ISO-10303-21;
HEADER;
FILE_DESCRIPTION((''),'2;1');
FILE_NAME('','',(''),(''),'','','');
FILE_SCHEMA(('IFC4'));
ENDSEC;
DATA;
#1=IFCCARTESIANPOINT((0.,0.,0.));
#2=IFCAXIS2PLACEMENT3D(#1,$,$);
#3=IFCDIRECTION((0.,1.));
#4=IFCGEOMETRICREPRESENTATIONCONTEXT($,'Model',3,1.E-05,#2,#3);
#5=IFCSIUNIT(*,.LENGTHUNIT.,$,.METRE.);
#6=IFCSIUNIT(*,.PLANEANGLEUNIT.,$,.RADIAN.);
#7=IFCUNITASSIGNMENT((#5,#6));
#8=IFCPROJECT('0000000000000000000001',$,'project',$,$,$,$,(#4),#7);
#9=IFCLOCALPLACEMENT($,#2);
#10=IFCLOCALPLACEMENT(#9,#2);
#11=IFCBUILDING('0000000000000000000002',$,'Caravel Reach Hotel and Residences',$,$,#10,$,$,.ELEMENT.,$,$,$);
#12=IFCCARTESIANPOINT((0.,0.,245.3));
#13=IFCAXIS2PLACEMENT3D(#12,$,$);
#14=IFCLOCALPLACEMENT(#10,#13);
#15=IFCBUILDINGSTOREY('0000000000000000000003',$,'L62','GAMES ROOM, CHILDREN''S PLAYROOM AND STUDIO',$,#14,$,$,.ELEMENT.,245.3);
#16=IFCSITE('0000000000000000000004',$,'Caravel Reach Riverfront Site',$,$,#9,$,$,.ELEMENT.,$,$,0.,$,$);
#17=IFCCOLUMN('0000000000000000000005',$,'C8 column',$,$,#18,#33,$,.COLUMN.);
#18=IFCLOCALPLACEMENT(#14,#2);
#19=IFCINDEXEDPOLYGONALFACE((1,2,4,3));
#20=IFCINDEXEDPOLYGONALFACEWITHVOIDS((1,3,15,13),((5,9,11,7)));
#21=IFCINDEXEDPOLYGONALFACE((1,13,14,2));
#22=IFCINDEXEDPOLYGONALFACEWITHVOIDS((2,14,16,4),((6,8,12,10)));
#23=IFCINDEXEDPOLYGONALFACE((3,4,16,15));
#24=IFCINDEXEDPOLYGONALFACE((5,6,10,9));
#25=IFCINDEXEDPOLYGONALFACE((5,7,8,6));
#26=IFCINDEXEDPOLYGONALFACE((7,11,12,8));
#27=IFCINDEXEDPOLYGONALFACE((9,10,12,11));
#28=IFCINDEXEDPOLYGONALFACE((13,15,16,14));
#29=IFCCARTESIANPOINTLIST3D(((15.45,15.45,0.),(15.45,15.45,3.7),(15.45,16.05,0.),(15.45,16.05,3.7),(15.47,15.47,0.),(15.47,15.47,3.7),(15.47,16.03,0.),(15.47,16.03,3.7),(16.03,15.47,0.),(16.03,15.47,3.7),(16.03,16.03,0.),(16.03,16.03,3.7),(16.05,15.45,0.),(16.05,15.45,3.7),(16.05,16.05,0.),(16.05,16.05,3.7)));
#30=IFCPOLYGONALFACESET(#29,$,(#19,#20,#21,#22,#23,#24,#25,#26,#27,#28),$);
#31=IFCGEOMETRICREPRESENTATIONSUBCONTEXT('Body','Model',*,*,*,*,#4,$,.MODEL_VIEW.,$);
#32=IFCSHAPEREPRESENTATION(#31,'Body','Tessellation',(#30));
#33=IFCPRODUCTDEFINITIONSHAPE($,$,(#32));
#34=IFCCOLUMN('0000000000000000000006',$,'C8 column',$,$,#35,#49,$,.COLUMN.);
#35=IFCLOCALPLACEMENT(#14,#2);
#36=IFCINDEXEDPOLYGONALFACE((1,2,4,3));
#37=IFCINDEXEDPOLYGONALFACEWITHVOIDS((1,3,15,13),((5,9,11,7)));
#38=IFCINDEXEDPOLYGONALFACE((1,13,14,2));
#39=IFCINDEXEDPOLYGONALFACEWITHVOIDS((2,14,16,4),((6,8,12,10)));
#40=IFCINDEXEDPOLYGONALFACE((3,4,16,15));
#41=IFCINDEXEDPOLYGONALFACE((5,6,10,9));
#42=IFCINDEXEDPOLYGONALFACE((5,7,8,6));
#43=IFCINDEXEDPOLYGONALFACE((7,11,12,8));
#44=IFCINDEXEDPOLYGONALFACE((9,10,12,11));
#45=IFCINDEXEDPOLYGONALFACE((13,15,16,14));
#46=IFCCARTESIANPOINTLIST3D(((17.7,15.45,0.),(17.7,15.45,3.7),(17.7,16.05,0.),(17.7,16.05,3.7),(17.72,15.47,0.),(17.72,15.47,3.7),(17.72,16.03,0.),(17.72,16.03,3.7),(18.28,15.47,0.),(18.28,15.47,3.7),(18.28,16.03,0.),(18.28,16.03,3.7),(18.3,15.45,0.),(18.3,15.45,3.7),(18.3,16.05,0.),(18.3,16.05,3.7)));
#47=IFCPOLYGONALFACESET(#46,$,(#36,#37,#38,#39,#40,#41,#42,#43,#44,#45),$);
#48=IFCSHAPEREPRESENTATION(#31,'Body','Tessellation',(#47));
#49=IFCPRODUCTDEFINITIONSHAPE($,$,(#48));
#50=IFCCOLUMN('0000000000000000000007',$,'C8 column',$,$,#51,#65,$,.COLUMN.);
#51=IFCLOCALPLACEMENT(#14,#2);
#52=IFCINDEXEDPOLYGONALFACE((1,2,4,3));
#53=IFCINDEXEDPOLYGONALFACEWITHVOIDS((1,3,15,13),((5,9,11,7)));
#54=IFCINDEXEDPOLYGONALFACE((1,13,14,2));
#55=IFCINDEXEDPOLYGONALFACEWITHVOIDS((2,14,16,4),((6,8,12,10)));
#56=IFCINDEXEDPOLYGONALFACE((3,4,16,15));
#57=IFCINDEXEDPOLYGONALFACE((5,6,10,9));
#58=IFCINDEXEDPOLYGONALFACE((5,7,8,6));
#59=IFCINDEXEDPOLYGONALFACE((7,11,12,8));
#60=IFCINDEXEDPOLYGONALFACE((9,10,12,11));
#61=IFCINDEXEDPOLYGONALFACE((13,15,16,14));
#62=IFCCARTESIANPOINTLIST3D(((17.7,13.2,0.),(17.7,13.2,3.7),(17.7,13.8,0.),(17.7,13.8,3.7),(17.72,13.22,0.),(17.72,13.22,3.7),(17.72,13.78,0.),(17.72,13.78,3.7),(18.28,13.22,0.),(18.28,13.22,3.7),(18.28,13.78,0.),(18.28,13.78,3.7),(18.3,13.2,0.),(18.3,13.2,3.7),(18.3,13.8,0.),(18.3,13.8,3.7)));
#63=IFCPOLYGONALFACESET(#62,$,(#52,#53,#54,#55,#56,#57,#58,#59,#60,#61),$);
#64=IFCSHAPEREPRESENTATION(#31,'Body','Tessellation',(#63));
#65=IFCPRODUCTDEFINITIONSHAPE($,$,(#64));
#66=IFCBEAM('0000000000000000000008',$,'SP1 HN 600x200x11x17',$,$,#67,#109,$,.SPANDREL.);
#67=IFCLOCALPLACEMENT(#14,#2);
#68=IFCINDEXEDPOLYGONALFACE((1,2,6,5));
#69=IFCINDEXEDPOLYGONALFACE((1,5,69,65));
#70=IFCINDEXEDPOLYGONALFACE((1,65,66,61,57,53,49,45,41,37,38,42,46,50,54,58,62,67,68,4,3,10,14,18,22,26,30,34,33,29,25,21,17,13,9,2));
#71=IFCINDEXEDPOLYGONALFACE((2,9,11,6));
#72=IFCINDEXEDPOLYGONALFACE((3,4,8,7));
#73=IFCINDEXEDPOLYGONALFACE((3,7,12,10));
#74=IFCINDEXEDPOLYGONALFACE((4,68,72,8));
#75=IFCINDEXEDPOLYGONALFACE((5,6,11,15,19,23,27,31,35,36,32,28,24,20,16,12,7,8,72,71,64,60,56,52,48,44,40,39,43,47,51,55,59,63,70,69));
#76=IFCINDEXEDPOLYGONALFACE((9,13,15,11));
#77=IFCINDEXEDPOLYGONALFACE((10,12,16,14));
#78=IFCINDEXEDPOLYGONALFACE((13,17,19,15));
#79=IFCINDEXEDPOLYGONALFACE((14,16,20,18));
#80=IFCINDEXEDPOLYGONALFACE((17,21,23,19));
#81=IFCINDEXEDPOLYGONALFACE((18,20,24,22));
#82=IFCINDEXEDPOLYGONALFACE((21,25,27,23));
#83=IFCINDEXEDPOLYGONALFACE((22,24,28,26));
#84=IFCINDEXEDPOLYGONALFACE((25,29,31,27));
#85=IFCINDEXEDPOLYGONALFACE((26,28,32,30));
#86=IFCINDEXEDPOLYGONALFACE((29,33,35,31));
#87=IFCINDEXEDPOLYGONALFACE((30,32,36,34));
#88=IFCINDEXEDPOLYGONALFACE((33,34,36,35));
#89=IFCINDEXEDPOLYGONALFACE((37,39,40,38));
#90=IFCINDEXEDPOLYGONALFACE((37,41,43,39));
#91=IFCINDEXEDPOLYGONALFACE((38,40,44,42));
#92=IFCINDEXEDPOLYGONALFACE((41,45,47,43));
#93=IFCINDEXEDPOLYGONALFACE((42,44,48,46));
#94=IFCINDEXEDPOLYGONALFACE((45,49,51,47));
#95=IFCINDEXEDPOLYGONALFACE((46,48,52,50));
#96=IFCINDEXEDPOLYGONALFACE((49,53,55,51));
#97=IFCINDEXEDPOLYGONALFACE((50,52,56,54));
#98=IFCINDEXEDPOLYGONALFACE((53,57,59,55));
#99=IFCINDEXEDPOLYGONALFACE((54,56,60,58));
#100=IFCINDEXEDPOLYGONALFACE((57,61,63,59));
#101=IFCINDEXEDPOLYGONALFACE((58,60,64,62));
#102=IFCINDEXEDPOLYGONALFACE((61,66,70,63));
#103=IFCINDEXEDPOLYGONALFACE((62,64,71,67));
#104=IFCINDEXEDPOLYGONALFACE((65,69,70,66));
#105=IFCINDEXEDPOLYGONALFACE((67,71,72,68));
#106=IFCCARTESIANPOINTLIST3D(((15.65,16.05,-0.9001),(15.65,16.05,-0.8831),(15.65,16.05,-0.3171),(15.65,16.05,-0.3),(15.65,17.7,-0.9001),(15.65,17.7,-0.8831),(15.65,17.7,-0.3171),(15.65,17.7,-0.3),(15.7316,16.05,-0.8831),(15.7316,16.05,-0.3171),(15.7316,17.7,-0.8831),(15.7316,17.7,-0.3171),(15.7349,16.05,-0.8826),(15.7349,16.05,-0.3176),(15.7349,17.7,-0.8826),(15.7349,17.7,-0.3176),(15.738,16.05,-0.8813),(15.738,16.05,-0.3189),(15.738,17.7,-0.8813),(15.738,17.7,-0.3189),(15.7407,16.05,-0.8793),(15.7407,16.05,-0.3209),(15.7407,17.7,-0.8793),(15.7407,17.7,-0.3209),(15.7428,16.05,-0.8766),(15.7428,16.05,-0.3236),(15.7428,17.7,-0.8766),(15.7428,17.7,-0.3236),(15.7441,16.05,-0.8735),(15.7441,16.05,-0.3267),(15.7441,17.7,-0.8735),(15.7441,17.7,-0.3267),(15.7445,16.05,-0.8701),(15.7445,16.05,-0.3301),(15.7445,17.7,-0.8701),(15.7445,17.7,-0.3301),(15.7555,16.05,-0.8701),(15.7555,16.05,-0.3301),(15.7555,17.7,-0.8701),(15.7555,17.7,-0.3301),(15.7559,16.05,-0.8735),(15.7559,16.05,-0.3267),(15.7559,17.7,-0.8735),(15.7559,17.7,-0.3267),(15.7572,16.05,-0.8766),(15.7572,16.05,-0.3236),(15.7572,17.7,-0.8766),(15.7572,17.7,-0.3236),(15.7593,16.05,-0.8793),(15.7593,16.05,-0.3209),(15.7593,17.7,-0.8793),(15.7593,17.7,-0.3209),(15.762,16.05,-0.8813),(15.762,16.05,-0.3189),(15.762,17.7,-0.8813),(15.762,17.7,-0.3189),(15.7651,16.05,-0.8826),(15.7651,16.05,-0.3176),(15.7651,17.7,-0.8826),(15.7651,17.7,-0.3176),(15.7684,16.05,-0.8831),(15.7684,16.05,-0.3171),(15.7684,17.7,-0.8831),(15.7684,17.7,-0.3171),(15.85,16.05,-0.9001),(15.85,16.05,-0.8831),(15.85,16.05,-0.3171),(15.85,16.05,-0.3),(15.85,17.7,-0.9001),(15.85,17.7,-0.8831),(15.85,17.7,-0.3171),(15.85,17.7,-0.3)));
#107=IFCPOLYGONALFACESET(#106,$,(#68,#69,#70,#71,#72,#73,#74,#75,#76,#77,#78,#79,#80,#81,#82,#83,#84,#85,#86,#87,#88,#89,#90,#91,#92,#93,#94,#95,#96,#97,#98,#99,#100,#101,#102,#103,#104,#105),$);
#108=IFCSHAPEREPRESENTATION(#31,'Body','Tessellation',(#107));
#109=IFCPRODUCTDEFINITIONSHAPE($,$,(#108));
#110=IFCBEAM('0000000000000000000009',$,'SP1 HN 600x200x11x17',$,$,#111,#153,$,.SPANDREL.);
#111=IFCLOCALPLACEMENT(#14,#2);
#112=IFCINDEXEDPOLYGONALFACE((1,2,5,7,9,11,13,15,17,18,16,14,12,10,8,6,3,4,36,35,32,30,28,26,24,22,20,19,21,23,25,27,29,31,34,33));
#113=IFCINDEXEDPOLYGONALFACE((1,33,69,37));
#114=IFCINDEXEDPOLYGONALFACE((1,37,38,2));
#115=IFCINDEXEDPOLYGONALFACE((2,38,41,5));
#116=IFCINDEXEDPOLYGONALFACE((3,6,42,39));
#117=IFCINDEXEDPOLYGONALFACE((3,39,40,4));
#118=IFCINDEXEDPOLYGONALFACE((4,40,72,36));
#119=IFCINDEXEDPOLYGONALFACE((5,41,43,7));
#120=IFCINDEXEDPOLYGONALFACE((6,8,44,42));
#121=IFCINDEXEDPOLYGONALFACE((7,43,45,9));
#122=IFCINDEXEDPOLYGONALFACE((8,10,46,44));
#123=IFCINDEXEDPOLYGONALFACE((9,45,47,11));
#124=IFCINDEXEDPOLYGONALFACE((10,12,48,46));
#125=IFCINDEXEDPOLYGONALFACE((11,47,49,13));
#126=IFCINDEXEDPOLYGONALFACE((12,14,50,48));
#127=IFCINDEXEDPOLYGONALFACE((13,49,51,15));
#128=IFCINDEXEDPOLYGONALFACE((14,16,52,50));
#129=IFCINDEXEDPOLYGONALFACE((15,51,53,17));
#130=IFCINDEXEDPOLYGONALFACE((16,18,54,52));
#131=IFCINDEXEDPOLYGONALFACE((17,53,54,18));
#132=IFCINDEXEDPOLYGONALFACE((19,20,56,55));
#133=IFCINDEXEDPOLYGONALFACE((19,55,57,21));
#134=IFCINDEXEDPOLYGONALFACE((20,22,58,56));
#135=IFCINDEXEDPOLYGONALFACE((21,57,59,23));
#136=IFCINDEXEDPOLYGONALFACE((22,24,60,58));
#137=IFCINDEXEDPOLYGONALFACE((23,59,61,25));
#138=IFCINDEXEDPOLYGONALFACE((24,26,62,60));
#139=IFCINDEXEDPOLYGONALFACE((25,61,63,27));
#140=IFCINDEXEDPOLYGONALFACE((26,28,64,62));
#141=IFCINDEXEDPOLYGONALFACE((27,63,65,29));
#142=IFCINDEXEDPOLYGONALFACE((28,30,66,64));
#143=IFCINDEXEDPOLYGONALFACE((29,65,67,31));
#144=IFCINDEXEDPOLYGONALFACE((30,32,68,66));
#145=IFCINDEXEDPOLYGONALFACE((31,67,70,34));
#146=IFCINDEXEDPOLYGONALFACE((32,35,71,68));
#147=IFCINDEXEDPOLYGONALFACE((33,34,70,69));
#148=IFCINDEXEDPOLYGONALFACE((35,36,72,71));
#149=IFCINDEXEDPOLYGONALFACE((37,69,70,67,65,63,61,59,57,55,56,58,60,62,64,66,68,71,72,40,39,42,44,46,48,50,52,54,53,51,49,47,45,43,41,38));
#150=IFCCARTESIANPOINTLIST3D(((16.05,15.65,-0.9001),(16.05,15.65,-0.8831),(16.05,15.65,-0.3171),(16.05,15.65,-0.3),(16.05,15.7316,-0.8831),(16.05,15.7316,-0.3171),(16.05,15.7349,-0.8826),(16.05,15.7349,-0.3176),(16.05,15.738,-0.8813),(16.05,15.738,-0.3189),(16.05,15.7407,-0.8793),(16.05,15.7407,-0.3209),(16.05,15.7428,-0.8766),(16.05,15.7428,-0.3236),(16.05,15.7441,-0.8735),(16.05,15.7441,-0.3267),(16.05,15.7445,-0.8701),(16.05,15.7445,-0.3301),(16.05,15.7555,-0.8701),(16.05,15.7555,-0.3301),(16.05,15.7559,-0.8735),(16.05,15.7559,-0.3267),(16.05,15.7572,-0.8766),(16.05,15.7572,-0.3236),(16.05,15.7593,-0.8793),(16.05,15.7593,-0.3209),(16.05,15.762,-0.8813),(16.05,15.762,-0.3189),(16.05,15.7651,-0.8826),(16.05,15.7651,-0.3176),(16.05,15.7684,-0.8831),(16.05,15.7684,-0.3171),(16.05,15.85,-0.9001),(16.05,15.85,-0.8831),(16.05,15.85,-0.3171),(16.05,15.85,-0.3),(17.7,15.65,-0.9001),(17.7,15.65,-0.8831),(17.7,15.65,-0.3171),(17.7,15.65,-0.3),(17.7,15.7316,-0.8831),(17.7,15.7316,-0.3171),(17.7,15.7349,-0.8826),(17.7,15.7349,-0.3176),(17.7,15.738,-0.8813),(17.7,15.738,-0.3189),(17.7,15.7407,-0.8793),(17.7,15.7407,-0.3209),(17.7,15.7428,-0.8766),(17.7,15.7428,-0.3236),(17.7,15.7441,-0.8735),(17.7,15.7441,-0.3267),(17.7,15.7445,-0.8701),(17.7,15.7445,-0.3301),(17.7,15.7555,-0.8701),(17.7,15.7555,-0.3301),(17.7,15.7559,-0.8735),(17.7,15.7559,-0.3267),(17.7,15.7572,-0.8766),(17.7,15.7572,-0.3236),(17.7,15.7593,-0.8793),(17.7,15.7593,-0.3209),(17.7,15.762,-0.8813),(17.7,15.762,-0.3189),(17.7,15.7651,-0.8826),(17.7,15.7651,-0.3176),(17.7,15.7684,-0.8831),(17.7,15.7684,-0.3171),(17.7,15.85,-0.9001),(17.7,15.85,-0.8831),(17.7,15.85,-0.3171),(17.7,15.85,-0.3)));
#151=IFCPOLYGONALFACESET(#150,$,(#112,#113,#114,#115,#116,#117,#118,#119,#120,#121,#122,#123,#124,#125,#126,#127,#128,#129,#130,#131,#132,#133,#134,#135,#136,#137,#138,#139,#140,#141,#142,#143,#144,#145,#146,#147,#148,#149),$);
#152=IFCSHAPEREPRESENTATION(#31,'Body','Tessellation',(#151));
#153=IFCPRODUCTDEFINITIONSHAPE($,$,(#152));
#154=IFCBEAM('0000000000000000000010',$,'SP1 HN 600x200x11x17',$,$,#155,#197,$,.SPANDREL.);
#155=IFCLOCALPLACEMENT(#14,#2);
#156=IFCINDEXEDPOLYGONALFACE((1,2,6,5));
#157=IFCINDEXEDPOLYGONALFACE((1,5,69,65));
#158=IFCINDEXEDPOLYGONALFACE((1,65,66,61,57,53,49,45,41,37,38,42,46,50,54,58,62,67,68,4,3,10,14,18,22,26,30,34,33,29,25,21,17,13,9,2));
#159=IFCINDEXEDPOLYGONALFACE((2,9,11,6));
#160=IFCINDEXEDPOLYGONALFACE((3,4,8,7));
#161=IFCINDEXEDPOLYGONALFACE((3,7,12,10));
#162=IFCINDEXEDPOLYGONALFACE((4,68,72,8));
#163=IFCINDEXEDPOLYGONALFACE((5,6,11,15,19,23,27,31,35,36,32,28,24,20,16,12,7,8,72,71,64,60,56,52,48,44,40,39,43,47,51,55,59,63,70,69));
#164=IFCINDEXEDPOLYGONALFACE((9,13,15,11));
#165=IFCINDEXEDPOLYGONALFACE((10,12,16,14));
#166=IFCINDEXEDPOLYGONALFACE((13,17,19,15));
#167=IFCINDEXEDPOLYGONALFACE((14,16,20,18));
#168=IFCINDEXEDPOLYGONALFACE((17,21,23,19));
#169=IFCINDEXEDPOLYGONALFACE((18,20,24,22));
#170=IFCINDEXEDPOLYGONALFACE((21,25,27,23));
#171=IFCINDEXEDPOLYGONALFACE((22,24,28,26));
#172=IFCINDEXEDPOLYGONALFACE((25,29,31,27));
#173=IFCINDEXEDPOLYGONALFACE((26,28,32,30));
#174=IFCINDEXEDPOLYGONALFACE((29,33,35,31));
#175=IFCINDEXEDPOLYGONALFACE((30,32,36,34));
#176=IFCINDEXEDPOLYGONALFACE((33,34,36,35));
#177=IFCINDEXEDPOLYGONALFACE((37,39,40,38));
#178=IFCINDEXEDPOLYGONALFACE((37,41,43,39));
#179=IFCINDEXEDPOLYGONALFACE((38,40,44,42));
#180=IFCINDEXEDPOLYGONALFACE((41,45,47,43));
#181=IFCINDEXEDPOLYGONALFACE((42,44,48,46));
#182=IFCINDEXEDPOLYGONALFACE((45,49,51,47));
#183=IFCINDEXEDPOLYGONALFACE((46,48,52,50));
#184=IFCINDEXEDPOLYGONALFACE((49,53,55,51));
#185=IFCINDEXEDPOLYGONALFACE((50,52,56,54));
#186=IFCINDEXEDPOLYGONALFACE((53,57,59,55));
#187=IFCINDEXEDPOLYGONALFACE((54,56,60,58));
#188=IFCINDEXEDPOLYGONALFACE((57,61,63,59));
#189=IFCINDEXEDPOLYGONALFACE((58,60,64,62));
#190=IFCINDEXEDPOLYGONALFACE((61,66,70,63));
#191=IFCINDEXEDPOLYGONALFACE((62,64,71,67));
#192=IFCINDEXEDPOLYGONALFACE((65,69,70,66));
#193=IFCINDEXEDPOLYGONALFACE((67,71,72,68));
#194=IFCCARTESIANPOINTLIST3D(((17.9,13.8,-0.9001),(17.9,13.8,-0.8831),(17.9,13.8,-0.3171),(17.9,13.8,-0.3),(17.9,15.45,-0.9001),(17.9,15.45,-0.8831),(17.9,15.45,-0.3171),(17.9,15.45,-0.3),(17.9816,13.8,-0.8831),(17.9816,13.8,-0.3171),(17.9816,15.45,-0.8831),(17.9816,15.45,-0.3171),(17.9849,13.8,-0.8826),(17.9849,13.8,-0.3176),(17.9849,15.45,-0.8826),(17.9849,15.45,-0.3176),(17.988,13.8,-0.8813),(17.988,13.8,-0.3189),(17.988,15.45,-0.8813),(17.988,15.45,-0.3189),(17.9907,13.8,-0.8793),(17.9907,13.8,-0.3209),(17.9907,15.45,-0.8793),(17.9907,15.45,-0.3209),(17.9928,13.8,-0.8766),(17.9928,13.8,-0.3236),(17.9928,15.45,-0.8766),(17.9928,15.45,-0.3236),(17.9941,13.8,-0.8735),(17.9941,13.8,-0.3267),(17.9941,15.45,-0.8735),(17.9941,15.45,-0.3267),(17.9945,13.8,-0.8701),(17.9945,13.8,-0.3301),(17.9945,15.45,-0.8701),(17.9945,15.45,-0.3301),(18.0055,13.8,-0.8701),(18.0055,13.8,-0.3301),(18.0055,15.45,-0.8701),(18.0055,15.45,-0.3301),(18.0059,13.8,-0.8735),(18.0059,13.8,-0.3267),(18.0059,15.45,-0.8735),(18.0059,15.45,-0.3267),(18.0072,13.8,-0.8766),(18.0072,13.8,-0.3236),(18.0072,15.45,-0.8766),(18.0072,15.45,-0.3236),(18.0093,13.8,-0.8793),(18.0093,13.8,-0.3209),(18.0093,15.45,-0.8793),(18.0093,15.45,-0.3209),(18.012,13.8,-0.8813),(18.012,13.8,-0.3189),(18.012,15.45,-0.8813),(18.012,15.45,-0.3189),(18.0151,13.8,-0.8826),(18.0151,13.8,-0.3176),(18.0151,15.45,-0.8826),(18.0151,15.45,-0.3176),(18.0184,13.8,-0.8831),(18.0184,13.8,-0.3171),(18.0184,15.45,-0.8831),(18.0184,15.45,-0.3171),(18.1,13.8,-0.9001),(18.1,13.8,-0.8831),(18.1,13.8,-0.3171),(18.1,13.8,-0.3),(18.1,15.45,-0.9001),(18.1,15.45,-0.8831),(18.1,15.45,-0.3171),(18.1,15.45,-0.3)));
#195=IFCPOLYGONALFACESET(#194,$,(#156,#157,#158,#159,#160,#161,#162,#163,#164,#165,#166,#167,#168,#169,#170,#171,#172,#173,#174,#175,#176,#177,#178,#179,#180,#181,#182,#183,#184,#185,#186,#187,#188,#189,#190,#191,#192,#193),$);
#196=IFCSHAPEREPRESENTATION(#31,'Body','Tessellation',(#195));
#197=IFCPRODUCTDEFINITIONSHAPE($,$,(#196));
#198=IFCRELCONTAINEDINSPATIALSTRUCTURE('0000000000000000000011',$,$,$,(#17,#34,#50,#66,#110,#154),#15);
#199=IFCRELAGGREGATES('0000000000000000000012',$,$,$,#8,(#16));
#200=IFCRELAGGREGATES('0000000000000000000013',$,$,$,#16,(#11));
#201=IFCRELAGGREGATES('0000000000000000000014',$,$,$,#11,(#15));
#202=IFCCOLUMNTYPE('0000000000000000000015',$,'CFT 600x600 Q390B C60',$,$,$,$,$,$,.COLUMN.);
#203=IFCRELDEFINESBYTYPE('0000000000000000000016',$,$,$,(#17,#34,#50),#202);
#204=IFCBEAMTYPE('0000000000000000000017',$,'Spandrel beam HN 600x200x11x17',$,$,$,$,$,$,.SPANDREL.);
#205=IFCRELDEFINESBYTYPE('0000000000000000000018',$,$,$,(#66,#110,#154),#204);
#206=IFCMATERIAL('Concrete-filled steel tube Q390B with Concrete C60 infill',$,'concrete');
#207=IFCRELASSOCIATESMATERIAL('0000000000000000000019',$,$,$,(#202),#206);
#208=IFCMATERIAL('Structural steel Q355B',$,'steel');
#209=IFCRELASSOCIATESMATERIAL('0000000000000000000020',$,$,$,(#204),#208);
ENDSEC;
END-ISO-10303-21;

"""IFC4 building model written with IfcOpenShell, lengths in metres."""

from ifc_helpers import new_model, si_unit, direction, frame, origin, origin_2d, place, context, subcontext, project, spatial, hollow_rectangle, i_section, extrude, material, material_profile, profile_set, type_object, element, save


model = new_model("IFC4")

# Units and contexts
model_context = context("Model", 3, precision=1e-05, world=origin(), true_north=direction((0.0, 1.0)))
body_context = subcontext(model_context, "Body", "Model", "MODEL_VIEW")
ifc_project = project(units=[si_unit("LENGTHUNIT", "METRE"), si_unit("PLANEANGLEUNIT", "RADIAN")], contexts=[model_context])

# Site, building, storey
site_placement = place(None, origin())
site = spatial("IfcSite", under=ifc_project, at=site_placement, Name="Caravel Reach Riverfront Site", CompositionType="ELEMENT", RefElevation=0.0)
building_placement = place(site_placement, origin())
building = spatial("IfcBuilding", under=site, at=building_placement, Name="Caravel Reach Hotel and Residences", CompositionType="ELEMENT")
storey_placement = place(building_placement, frame((0.0, 0.0, 245.3)))
storey = spatial("IfcBuildingStorey", under=building, at=storey_placement, Name="L62", Description="GAMES ROOM, CHILDREN'S PLAYROOM AND STUDIO", CompositionType="ELEMENT", Elevation=245.3)

# Columns
ifc_material_1 = material(Name="Concrete-filled steel tube Q390B with Concrete C60 infill", Category="concrete")
ifc_material_profile_1 = material_profile(ifc_material_1, hollow_rectangle(XDim=0.6001, YDim=0.6001, WallThickness=0.02, at=origin_2d()), Name="RHS 600x600x20")
ifc_profile_set_1 = profile_set([ifc_material_profile_1], Name="Concrete-filled steel tube Q390B with Concrete C60 infill")
column_type = type_object("IfcColumnType", Name="CFT 600x600 Q390B C60", PredefinedType="COLUMN", material=ifc_profile_set_1)
for number, where, z_axis, x_axis, name in (
    (1, (15.75, 15.75, 0.0), (0.0, 0.0, 1.0), (1.0, 0.0, 0.0), "C8 column"),
    (2, (18.0, 15.75, 0.0), (0.0, 0.0, 1.0), (1.0, 0.0, 0.0), "C8 column"),
    (3, (18.0, 13.5, 0.0), (0.0, 0.0, 1.0), (1.0, 0.0, 0.0), "C8 column"),
):
    element("IfcColumn", number, at=place(storey_placement, frame(where, z_axis=z_axis, x_axis=x_axis)), inside=storey, type_object=column_type, Name=name, PredefinedType="COLUMN", context=body_context, shape_type="SweptSolid", body=[
        extrude(hollow_rectangle(XDim=0.6001, YDim=0.6001, WallThickness=0.02, at=origin_2d()), origin(), (0.0, 0.0, 1.0), 3.7),
    ])

# Beams
ifc_material_2 = material(Name="Structural steel Q355B", Category="steel")
ifc_material_profile_2 = material_profile(ifc_material_2, i_section(OverallWidth=0.2, OverallDepth=0.6001, WebThickness=0.011, FlangeThickness=0.0171, FilletRadius=0.0129, at=origin_2d()), Name="HN 600x200x11x17")
ifc_profile_set_2 = profile_set([ifc_material_profile_2], Name="Structural steel Q355B")
beam_type = type_object("IfcBeamType", Name="Spandrel beam HN 600x200x11x17", PredefinedType="SPANDREL", material=ifc_profile_set_2)
for number, where, z_axis, x_axis, name in (
    (4, (15.75, 17.7, -0.6001), (0.0, -1.0, 0.0), (1.0, 0.0, 0.0), "SP1 HN 600x200x11x17"),
    (5, (16.05, 15.75, -0.6001), (1.0, 0.0, 0.0), (0.0, 1.0, 0.0), "SP1 HN 600x200x11x17"),
    (6, (18.0, 15.45, -0.6001), (0.0, -1.0, 0.0), (1.0, 0.0, 0.0), "SP1 HN 600x200x11x17"),
):
    element("IfcBeam", number, at=place(storey_placement, frame(where, z_axis=z_axis, x_axis=x_axis)), inside=storey, type_object=beam_type, Name=name, PredefinedType="SPANDREL", context=body_context, shape_type="SweptSolid", body=[
        extrude(i_section(OverallWidth=0.2, OverallDepth=0.6001, WebThickness=0.011, FlangeThickness=0.0171, FilletRadius=0.0129, at=origin_2d()), origin(), (0.0, 0.0, 1.0), 1.6499),
    ])

save(model, "model.ifc")
